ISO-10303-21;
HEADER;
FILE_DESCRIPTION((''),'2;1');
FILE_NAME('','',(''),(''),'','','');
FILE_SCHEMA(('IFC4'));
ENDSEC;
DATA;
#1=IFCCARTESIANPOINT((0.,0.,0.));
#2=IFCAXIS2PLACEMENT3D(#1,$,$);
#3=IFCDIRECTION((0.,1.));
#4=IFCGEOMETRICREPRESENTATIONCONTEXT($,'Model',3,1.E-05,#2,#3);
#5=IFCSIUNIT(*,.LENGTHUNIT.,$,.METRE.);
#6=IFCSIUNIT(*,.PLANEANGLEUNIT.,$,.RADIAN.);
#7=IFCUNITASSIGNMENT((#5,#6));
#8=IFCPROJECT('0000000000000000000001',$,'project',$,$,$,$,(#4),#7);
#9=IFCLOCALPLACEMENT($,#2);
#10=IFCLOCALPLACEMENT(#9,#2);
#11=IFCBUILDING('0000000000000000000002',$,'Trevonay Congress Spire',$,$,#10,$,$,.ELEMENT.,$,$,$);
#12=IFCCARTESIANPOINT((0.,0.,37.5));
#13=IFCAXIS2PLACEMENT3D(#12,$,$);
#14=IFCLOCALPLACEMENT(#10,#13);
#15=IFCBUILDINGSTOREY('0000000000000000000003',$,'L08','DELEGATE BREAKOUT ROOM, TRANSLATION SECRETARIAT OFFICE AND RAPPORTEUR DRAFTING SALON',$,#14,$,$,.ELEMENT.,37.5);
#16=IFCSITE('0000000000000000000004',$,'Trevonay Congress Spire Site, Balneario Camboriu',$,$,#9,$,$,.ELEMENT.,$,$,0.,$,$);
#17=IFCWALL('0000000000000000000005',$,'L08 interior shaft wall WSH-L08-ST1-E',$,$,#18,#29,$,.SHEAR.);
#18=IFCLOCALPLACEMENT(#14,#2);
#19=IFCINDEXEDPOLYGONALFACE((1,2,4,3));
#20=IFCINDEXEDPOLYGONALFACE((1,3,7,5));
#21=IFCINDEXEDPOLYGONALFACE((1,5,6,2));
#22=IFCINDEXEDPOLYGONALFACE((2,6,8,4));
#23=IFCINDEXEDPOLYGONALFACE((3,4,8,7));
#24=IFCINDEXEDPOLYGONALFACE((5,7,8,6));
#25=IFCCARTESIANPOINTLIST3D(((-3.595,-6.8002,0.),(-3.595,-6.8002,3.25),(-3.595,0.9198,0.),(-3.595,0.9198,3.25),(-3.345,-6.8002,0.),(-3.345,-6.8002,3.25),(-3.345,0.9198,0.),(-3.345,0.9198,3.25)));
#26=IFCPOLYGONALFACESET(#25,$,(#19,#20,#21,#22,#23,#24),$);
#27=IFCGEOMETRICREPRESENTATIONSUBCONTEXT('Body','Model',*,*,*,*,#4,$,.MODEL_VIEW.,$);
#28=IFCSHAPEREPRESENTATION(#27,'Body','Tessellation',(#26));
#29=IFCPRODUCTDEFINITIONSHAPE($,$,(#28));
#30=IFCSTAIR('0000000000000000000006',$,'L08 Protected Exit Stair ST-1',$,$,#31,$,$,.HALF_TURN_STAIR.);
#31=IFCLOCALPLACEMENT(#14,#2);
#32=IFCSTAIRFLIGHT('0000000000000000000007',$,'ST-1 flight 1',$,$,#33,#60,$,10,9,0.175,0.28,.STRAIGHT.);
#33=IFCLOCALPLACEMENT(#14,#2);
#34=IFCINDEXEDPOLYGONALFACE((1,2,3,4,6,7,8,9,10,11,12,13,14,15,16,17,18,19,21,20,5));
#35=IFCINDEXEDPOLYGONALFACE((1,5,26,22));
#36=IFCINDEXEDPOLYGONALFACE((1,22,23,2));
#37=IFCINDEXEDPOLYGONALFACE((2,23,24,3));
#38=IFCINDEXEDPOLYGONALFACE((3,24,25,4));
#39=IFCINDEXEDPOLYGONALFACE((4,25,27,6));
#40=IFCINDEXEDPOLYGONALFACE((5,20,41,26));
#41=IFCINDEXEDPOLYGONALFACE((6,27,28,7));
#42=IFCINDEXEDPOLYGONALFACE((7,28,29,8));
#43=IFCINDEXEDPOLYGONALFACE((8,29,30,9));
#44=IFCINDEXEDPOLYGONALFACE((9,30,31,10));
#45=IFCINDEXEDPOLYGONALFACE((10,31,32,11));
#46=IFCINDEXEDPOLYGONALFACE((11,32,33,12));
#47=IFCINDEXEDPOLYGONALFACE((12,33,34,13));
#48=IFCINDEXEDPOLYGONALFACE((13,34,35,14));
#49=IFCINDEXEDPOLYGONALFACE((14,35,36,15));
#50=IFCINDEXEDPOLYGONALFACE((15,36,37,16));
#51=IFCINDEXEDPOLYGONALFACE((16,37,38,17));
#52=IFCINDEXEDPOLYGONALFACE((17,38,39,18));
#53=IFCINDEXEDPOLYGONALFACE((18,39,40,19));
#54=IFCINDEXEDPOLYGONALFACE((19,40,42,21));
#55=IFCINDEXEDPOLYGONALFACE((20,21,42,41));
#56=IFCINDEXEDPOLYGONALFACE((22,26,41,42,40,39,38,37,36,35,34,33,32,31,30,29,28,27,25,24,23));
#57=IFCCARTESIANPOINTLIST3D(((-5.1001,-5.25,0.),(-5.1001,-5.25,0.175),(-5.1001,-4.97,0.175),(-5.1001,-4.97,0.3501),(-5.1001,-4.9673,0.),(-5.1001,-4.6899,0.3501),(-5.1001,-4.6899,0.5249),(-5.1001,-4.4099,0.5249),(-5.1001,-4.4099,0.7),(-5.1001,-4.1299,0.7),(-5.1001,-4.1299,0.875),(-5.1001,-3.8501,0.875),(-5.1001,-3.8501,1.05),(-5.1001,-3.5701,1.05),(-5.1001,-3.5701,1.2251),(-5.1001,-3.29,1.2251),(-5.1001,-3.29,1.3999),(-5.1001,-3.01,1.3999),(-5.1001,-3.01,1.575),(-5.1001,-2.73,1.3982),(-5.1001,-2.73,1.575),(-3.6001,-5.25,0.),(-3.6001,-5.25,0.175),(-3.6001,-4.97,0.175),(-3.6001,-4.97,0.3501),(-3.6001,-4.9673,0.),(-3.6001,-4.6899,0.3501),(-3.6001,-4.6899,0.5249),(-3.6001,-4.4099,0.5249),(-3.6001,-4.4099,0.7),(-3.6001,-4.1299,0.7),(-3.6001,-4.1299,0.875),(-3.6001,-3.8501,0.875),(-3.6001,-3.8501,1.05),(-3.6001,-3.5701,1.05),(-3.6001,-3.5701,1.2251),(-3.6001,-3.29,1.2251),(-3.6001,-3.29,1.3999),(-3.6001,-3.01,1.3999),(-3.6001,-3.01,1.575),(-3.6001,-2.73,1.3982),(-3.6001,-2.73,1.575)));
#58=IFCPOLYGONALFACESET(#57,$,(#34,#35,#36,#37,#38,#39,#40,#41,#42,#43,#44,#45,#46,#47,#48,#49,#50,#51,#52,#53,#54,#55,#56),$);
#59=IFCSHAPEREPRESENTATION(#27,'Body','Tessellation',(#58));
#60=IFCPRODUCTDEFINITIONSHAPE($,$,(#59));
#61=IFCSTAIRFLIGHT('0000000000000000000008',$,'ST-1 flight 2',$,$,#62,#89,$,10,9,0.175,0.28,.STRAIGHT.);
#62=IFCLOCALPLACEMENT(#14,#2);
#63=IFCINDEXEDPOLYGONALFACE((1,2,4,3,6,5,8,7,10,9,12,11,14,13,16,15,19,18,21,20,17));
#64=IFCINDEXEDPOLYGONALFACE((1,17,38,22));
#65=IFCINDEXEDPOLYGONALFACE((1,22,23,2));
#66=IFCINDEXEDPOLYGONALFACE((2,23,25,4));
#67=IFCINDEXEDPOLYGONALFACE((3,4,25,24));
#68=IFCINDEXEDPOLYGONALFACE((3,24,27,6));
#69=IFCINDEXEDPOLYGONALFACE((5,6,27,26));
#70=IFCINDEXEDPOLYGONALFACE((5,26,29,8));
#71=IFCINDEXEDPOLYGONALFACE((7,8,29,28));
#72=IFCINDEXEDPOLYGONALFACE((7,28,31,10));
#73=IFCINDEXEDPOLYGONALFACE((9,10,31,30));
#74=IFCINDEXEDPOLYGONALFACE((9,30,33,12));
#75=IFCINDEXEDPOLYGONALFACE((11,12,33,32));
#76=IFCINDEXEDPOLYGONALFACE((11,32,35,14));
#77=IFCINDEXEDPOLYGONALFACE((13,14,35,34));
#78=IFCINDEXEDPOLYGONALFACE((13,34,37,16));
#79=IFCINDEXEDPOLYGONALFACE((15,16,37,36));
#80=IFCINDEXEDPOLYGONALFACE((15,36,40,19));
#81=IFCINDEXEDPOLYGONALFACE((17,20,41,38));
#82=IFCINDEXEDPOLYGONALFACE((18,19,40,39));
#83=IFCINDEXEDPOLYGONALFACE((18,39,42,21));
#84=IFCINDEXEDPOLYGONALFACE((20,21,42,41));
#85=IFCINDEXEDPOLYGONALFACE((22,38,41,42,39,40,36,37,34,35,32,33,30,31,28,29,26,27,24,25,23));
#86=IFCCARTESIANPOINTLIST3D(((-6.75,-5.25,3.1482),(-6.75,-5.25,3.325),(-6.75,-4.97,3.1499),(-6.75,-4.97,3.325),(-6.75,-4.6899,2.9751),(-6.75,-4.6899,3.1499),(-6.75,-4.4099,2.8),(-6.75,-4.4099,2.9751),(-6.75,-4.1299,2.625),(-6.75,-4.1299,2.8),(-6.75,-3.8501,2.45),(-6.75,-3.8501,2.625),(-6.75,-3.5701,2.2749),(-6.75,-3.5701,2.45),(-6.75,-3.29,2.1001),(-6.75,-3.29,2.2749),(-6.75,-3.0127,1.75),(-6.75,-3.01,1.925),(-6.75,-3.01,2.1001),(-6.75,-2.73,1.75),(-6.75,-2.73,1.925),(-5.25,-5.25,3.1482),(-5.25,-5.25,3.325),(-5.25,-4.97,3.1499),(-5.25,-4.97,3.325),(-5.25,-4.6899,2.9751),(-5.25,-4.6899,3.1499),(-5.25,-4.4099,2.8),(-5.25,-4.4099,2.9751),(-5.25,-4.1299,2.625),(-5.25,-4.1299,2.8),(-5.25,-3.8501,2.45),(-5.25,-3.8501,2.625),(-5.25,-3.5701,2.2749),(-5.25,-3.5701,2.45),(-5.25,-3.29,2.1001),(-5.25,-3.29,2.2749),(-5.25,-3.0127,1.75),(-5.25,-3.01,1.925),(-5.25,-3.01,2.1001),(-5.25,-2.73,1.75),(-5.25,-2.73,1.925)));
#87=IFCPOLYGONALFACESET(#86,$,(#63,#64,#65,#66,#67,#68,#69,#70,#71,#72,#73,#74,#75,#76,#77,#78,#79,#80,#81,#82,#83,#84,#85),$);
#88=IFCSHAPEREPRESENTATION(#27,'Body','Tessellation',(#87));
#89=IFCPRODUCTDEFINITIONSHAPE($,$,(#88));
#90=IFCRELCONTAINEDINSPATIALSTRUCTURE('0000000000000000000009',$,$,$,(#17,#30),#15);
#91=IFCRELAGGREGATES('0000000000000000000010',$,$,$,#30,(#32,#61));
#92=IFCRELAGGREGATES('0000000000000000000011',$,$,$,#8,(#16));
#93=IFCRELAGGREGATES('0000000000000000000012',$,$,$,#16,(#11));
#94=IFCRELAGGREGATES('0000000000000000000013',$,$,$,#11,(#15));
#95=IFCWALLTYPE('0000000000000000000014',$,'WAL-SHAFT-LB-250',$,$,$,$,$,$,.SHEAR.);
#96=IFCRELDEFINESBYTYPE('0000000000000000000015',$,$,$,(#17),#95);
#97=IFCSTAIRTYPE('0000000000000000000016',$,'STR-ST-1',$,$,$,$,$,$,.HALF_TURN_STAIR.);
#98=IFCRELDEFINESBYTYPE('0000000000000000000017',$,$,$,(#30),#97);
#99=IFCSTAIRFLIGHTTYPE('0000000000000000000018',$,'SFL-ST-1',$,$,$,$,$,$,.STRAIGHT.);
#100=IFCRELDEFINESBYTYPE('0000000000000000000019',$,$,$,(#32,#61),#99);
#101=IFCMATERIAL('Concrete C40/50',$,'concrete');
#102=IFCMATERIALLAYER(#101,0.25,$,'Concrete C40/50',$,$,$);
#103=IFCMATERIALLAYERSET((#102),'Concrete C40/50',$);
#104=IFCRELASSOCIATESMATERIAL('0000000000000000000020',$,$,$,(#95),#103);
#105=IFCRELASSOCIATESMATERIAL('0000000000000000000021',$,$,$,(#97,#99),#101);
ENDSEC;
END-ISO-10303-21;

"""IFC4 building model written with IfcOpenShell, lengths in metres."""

from ifc_helpers import new_model, si_unit, direction, frame, frame_2d, origin, place, context, subcontext, project, spatial, polyline, rectangle, outline, extrude, material, layer, layer_set, type_object, element, aggregate, save


model = new_model("IFC4")

# Units and contexts
model_context = context("Model", 3, precision=1e-05, world=origin(), true_north=direction((0.0, 1.0)))
body_context = subcontext(model_context, "Body", "Model", "MODEL_VIEW")
ifc_project = project(units=[si_unit("LENGTHUNIT", "METRE"), si_unit("PLANEANGLEUNIT", "RADIAN")], contexts=[model_context])

# Site, building, storey
site_placement = place(None, origin())
site = spatial("IfcSite", under=ifc_project, at=site_placement, Name="Trevonay Congress Spire Site, Balneario Camboriu", CompositionType="ELEMENT", RefElevation=0.0)
building_placement = place(site_placement, origin())
building = spatial("IfcBuilding", under=site, at=building_placement, Name="Trevonay Congress Spire", CompositionType="ELEMENT")
storey_placement = place(building_placement, frame((0.0, 0.0, 37.5)))
storey = spatial("IfcBuildingStorey", under=building, at=storey_placement, Name="L08", Description="DELEGATE BREAKOUT ROOM, TRANSLATION SECRETARIAT OFFICE AND RAPPORTEUR DRAFTING SALON", CompositionType="ELEMENT", Elevation=37.5)

# Shared definitions
ifc_material_1 = material(Name="Concrete C40/50", Category="concrete")

# Wall
ifc_layer_1 = layer(ifc_material_1, 0.25, Name="Concrete C40/50")
ifc_layer_set_1 = layer_set([ifc_layer_1], Name="Concrete C40/50")
wall_type_1 = type_object("IfcWallType", Name="WAL-SHAFT-LB-250", PredefinedType="SHEAR", material=ifc_layer_set_1)
wall_1_placement = place(storey_placement, frame((-3.47, -6.8, 0.0), z_axis=(0.0, 0.0, 1.0), x_axis=(0.0, 1.0, 0.0)))
element("IfcWall", 1, at=wall_1_placement, inside=storey, type_object=wall_type_1, Name="L08 interior shaft wall WSH-L08-ST1-E", PredefinedType="SHEAR", context=body_context, shape_type="SweptSolid", body=[
    extrude(rectangle(XDim=7.72, YDim=0.25, at=frame_2d((3.8599, 0.0))), origin(), (0.0, 0.0, 1.0), 3.25),
])

# Stair, stair flights
stair_type = type_object("IfcStairType", Name="STR-ST-1", PredefinedType="HALF_TURN_STAIR", material=ifc_material_1)
stair_placement = place(storey_placement, origin())
stair = element("IfcStair", 2, at=stair_placement, inside=storey, type_object=stair_type, Name="L08 Protected Exit Stair ST-1", PredefinedType="HALF_TURN_STAIR")
stair_flight_type = type_object("IfcStairFlightType", Name="SFL-ST-1", PredefinedType="STRAIGHT", material=ifc_material_1)
stair_flight_1_placement = place(storey_placement, frame((-4.3501, -5.25, 0.0), z_axis=(0.0, 0.0, 1.0), x_axis=(0.0, 1.0, 0.0)))
stair_flight_1 = element("IfcStairFlight", 3, at=stair_flight_1_placement, type_object=stair_flight_type, Name="ST-1 flight 1", NumberOfRisers=10, NumberOfTreads=9, PredefinedType="STRAIGHT", RiserHeight=0.175, TreadLength=0.28, context=body_context, shape_type="SweptSolid", body=[
    extrude(outline(polyline([(0.0, 0.0), (0.0, 0.175), (0.28, 0.175), (0.28, 0.3501), (0.5601, 0.3501), (0.5601, 0.5249), (0.8401, 0.5249), (0.8401, 0.7), (1.1201, 0.7), (1.1201, 0.875), (1.3999, 0.875), (1.3999, 1.05), (1.6799, 1.05), (1.6799, 1.2251), (1.96, 1.2251), (1.96, 1.3999), (2.24, 1.3999), (2.24, 1.575), (2.52, 1.575), (2.52, 1.75), (2.52, 1.3982), (0.2827, 0.0), (0.0, 0.0)])), frame((0.0, 0.75, 0.0), z_axis=(0.0, -1.0, 0.0), x_axis=(1.0, 0.0, 0.0)), (0.0, 0.0, 1.0), 1.5),
])
stair_flight_2_placement = place(storey_placement, frame((-6.0, -2.73, 1.75), z_axis=(0.0, 0.0, 1.0), x_axis=(0.0, -1.0, 0.0)))
stair_flight_2 = element("IfcStairFlight", 4, at=stair_flight_2_placement, type_object=stair_flight_type, Name="ST-1 flight 2", NumberOfRisers=10, NumberOfTreads=9, PredefinedType="STRAIGHT", RiserHeight=0.175, TreadLength=0.28, context=body_context, shape_type="SweptSolid", body=[
    extrude(outline(polyline([(0.0, 0.0), (0.0, 0.175), (0.28, 0.175), (0.28, 0.3501), (0.5601, 0.3501), (0.5601, 0.5249), (0.8401, 0.5249), (0.8401, 0.7), (1.1201, 0.7), (1.1201, 0.875), (1.3999, 0.875), (1.3999, 1.05), (1.6799, 1.05), (1.6799, 1.2251), (1.96, 1.2251), (1.96, 1.3999), (2.24, 1.3999), (2.24, 1.575), (2.52, 1.575), (2.52, 1.75), (2.52, 1.3982), (0.2827, 0.0), (0.0, 0.0)])), frame((0.0, 0.75, 0.0), z_axis=(0.0, -1.0, 0.0), x_axis=(1.0, 0.0, 0.0)), (0.0, 0.0, 1.0), 1.5),
])
aggregate(stair, [stair_flight_1, stair_flight_2])

save(model, "model.ifc")
